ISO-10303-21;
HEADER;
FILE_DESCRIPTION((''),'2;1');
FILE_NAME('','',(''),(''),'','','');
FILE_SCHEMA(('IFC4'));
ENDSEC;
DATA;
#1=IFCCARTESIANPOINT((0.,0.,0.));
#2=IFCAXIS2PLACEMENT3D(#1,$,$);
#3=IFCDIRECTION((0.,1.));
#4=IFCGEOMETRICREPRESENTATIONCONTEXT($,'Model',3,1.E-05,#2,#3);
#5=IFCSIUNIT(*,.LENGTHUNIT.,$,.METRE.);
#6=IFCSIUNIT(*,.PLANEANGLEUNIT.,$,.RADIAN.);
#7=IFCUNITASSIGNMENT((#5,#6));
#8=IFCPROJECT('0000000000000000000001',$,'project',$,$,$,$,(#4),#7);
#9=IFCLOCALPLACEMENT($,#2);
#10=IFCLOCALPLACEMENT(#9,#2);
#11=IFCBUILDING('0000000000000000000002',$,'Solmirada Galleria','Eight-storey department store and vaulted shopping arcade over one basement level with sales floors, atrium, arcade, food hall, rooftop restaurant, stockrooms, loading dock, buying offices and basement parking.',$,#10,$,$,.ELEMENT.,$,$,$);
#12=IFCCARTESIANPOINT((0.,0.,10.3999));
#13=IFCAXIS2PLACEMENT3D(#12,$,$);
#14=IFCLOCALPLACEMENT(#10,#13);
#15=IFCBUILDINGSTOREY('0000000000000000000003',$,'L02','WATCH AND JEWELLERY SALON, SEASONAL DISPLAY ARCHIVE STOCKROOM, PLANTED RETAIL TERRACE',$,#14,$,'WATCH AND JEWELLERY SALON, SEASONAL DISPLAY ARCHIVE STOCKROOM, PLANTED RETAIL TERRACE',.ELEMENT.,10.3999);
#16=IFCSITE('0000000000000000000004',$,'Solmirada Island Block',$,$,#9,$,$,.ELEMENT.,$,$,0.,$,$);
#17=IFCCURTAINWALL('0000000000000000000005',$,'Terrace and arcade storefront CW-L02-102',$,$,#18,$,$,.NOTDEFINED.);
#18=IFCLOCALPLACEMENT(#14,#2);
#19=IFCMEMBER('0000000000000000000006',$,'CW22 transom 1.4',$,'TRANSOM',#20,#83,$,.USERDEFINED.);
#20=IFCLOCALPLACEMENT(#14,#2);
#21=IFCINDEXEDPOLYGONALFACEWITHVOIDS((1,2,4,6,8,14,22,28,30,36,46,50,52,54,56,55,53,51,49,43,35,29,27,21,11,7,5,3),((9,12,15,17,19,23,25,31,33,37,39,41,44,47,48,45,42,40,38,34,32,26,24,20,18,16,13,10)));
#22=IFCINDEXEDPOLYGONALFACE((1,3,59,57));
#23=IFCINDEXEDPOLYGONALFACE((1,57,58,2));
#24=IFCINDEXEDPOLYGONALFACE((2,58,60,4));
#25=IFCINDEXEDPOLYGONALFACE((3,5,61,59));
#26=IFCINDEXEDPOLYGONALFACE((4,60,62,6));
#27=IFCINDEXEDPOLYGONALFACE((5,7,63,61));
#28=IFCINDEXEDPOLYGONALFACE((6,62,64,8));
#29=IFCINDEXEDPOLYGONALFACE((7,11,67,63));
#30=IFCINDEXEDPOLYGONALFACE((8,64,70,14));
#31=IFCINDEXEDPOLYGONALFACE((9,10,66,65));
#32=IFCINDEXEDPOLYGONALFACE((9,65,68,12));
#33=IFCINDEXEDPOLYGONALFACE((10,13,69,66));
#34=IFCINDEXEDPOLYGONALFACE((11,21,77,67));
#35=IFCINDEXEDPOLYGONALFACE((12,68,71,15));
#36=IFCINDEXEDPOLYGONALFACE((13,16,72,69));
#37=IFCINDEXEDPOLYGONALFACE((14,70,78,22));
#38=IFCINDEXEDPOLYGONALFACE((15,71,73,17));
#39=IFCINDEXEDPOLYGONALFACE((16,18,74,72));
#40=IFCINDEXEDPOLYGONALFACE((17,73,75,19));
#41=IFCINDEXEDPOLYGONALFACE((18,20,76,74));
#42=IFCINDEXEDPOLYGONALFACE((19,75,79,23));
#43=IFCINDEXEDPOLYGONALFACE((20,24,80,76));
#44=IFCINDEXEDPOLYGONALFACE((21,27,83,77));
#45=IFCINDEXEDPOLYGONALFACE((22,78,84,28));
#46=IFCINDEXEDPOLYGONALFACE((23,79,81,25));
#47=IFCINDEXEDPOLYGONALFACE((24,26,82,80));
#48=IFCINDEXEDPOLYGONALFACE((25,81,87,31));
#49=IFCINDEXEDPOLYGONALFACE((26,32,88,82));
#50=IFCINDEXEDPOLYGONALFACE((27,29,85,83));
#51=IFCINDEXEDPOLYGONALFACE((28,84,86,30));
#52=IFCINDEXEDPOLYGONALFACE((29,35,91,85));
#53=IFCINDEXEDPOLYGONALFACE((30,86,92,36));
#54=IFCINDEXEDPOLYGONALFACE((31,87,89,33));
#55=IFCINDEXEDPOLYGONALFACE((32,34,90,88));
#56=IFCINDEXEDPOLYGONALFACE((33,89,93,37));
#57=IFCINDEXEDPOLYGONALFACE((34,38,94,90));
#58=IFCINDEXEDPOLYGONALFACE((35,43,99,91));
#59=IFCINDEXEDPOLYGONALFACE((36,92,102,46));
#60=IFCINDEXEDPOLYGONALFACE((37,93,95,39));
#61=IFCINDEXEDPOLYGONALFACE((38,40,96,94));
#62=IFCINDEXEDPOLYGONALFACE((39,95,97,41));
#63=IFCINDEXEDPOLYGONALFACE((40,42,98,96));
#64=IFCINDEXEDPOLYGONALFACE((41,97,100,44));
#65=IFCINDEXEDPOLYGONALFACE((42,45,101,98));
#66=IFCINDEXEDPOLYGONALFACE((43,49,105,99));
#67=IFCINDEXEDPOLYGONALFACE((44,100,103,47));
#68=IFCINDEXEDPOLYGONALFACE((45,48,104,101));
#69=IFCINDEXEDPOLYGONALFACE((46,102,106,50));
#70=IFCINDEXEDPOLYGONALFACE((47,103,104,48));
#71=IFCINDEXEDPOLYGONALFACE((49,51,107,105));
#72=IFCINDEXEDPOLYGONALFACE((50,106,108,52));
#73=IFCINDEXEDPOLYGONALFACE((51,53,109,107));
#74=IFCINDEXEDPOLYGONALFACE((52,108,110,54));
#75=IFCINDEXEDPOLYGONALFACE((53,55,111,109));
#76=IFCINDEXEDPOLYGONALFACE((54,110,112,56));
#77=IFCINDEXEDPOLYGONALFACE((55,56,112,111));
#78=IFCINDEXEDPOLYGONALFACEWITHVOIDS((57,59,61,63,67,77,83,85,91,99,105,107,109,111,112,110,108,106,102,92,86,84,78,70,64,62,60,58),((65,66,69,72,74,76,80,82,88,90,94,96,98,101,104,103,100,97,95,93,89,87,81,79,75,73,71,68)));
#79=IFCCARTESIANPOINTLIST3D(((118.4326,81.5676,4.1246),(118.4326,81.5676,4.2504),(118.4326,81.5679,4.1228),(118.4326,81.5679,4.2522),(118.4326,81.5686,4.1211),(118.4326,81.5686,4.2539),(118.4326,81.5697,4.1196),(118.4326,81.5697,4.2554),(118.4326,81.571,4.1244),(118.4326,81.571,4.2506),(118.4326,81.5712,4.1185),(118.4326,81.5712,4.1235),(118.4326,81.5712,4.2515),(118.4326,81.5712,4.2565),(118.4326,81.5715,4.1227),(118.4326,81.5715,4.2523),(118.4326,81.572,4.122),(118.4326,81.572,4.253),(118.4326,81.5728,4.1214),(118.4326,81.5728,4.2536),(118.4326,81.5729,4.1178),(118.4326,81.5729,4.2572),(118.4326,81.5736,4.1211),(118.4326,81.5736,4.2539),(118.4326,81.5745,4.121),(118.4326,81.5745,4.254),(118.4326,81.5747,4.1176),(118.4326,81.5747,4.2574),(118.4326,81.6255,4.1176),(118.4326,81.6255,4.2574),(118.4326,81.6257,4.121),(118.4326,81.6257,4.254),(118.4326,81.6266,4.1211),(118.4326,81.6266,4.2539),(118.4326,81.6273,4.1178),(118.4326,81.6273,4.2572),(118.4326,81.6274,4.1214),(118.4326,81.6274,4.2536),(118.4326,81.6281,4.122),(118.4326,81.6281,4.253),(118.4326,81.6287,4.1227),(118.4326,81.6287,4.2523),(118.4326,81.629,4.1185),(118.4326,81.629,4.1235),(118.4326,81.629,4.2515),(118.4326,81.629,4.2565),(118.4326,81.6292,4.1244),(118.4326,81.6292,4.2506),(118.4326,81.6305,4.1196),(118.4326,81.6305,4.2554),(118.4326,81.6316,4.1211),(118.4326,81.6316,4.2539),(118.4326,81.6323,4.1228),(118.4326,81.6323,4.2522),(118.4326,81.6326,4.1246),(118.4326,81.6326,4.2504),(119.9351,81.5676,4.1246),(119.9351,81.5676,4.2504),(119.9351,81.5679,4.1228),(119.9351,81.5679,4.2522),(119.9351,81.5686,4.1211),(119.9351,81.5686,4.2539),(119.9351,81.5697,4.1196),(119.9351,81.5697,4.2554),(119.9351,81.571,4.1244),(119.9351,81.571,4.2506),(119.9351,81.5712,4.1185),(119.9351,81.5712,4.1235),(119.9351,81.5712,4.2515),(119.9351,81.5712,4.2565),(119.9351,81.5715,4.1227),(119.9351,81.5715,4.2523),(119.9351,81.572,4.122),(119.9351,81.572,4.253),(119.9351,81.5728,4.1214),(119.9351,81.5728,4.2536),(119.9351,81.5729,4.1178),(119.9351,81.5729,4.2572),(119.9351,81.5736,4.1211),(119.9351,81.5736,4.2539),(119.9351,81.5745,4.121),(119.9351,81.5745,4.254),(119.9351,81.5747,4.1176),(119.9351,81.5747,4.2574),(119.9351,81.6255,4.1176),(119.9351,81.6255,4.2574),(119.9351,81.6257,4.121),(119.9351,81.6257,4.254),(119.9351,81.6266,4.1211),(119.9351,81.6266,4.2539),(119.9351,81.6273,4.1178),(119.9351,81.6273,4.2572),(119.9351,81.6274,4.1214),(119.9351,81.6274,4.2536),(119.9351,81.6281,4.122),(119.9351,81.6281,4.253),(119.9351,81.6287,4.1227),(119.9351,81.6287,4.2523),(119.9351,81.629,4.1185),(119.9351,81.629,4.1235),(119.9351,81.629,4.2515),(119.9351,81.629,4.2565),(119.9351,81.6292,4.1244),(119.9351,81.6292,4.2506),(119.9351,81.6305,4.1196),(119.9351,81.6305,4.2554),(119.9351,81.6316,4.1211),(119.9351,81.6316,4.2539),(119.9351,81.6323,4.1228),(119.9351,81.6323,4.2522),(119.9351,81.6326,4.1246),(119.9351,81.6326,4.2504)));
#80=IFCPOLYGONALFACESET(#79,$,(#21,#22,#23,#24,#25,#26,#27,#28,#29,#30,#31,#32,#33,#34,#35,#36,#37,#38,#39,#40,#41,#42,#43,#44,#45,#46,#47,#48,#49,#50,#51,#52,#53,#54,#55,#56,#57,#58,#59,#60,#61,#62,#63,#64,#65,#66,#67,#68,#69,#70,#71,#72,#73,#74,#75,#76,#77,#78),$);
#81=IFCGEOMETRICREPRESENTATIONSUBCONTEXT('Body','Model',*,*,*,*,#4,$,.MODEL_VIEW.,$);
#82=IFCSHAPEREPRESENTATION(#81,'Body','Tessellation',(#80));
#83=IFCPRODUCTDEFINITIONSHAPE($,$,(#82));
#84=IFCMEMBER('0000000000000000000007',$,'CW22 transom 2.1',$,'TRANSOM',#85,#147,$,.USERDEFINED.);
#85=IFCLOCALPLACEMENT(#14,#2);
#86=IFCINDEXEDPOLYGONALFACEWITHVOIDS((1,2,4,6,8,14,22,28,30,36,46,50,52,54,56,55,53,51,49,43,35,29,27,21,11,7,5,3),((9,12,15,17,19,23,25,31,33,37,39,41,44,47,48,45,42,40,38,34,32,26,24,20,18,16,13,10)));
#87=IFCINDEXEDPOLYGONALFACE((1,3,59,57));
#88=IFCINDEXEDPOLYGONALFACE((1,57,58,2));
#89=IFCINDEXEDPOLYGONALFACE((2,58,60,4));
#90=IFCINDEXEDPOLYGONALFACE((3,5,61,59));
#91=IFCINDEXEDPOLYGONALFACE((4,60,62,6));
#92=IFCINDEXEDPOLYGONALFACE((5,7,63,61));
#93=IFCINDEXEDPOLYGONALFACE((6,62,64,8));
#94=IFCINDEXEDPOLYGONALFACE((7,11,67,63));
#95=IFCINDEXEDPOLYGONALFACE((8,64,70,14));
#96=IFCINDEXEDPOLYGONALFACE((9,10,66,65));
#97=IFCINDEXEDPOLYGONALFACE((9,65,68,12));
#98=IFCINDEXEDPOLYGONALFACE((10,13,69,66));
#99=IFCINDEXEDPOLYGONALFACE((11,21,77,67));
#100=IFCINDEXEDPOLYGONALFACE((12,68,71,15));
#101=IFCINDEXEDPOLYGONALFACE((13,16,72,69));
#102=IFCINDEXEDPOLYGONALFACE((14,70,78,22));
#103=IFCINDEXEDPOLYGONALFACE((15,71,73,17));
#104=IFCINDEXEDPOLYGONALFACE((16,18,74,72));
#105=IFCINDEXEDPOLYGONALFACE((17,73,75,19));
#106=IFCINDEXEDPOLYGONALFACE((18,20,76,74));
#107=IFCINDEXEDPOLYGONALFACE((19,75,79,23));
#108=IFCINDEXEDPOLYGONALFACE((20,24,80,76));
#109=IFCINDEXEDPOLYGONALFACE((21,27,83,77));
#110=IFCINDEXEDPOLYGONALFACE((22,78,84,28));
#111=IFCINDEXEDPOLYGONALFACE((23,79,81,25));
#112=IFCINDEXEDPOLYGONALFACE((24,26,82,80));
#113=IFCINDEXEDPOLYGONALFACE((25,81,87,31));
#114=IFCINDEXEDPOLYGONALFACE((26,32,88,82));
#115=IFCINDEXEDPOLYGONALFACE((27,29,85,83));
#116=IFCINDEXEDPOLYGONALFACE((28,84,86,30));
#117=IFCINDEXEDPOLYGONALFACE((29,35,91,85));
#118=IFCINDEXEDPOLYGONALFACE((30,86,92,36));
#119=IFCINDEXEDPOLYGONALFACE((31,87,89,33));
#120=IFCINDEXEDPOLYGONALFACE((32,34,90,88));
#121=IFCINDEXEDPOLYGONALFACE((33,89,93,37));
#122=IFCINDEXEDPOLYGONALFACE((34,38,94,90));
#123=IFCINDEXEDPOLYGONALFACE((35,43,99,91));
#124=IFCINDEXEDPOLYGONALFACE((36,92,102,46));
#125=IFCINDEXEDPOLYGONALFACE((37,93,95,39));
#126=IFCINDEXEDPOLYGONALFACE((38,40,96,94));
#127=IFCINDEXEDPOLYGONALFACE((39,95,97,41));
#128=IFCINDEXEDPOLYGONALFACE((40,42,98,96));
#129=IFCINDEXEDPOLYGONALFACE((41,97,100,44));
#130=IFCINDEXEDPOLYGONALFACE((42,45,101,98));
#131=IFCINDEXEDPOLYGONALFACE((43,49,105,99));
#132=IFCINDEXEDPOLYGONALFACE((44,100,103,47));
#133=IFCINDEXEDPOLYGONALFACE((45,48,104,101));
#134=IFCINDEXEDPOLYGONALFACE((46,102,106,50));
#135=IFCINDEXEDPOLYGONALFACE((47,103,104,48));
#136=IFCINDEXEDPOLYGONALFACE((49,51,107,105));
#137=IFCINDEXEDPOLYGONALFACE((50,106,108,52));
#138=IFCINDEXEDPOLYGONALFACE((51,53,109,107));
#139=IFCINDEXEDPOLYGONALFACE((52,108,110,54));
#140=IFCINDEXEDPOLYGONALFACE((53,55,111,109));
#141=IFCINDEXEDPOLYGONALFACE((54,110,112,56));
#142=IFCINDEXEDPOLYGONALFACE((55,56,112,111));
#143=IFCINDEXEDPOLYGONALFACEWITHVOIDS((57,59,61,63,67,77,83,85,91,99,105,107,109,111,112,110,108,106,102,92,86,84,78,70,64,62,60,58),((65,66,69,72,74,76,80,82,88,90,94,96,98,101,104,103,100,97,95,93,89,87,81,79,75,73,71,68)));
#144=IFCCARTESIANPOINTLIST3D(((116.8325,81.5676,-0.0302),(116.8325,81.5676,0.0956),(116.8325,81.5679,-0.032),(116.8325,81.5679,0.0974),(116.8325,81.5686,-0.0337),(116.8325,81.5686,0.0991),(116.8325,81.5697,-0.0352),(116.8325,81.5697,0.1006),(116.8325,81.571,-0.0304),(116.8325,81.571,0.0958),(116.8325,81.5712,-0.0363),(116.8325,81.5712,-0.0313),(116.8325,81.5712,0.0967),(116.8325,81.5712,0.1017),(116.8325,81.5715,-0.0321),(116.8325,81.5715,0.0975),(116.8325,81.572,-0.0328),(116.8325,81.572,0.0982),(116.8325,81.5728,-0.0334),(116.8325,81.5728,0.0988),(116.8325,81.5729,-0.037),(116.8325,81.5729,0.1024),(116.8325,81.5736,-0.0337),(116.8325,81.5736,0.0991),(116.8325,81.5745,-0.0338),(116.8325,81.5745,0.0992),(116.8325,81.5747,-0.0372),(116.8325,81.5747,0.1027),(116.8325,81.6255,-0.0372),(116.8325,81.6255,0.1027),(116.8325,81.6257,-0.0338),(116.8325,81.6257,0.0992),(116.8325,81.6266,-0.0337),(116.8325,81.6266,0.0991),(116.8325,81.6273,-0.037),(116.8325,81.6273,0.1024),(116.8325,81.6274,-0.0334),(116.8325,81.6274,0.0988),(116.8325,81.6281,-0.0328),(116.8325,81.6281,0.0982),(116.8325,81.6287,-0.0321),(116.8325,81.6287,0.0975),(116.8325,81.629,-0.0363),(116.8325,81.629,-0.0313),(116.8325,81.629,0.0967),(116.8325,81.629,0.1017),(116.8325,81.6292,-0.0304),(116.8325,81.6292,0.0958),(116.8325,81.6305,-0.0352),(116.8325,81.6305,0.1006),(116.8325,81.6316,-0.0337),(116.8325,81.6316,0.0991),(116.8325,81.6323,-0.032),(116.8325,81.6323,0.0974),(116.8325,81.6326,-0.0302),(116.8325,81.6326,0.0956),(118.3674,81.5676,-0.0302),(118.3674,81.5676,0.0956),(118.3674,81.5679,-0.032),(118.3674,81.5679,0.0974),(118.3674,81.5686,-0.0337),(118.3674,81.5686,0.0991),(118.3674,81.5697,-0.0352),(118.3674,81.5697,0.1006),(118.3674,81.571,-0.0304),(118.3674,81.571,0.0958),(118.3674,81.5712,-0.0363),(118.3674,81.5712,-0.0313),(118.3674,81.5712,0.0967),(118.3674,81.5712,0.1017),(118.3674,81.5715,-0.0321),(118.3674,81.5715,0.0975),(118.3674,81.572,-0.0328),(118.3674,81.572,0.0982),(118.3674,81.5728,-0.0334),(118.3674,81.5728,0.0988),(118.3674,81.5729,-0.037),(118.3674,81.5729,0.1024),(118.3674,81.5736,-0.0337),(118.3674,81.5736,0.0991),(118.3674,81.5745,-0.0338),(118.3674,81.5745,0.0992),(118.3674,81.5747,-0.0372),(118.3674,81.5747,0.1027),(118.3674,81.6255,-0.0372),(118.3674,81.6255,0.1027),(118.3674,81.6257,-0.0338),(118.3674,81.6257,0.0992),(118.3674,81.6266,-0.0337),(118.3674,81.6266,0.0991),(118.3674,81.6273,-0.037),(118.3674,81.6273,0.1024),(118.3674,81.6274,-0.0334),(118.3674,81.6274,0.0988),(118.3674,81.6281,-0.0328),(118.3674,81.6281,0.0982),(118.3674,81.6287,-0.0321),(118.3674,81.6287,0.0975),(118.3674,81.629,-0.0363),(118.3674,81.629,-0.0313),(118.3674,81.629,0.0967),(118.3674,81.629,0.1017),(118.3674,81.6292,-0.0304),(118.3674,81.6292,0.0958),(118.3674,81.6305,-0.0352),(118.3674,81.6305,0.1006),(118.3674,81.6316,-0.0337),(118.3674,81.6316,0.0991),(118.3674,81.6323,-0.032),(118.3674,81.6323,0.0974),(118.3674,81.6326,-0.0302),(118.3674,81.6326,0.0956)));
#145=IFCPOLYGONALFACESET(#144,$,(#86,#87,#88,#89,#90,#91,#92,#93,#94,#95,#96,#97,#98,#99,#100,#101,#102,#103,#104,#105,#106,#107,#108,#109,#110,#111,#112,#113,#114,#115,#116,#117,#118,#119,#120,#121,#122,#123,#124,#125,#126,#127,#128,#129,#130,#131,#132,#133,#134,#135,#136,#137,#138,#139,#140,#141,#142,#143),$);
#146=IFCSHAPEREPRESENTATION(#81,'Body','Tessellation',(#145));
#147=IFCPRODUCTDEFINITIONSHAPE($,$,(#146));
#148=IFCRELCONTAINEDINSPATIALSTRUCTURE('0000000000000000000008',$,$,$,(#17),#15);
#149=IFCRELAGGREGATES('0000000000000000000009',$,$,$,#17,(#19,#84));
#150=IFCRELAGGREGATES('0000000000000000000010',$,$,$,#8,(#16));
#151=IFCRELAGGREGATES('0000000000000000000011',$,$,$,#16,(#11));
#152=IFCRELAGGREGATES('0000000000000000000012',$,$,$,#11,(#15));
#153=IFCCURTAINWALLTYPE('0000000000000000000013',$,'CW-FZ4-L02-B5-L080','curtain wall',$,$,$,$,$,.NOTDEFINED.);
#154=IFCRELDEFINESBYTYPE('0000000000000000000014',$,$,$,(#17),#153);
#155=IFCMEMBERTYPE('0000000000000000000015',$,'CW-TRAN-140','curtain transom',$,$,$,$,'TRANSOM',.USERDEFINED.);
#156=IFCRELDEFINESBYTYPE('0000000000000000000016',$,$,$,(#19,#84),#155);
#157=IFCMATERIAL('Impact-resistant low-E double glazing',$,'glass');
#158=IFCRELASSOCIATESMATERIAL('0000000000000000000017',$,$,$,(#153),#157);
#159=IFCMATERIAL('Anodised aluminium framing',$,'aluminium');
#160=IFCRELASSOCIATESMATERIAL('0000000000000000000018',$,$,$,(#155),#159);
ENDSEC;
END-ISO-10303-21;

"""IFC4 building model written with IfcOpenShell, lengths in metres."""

from ifc_helpers import new_model, si_unit, direction, frame, origin, origin_2d, place, context, subcontext, project, spatial, hollow_rectangle, extrude, material, material_profile, profile_set, type_object, element, aggregate, save


model = new_model("IFC4")

# Units and contexts
model_context = context("Model", 3, precision=1e-05, world=origin(), true_north=direction((0.0, 1.0)))
body_context = subcontext(model_context, "Body", "Model", "MODEL_VIEW")
ifc_project = project(units=[si_unit("LENGTHUNIT", "METRE"), si_unit("PLANEANGLEUNIT", "RADIAN")], contexts=[model_context])

# Site, building, storey
site_placement = place(None, origin())
site = spatial("IfcSite", under=ifc_project, at=site_placement, Name="Solmirada Island Block", CompositionType="ELEMENT", RefElevation=0.0)
building_placement = place(site_placement, origin())
building = spatial("IfcBuilding", under=site, at=building_placement, Name="Solmirada Galleria", Description="Eight-storey department store and vaulted shopping arcade over one basement level with sales floors, atrium, arcade, food hall, rooftop restaurant, stockrooms, loading dock, buying offices and basement parking.", CompositionType="ELEMENT")
storey_placement = place(building_placement, frame((0.0, 0.0, 10.3999)))
storey = spatial("IfcBuildingStorey", under=building, at=storey_placement, Name="L02", Description="WATCH AND JEWELLERY SALON, SEASONAL DISPLAY ARCHIVE STOCKROOM, PLANTED RETAIL TERRACE", LongName="WATCH AND JEWELLERY SALON, SEASONAL DISPLAY ARCHIVE STOCKROOM, PLANTED RETAIL TERRACE", CompositionType="ELEMENT", Elevation=10.3999)

# Curtain wall, members
ifc_material_1 = material(Name="Impact-resistant low-E double glazing", Category="glass")
curtain_wall_type = type_object("IfcCurtainWallType", Name="CW-FZ4-L02-B5-L080", Description="curtain wall", PredefinedType="NOTDEFINED", material=ifc_material_1)
curtain_wall_placement = place(storey_placement, origin())
curtain_wall = element("IfcCurtainWall", 1, at=curtain_wall_placement, inside=storey, type_object=curtain_wall_type, Name="Terrace and arcade storefront CW-L02-102", PredefinedType="NOTDEFINED")
ifc_material_2 = material(Name="Anodised aluminium framing", Category="aluminium")
ifc_material_profile_1 = material_profile(ifc_material_2, hollow_rectangle(XDim=0.0649, YDim=0.1399, WallThickness=0.0034, InnerFilletRadius=0.0034, OuterFilletRadius=0.0071, at=origin_2d()), Name="ALU-TRAN-140X65")
ifc_profile_set_1 = profile_set([ifc_material_profile_1], Name="Anodised aluminium framing")
member_type_1 = type_object("IfcMemberType", Name="CW-TRAN-140", Description="curtain transom", ElementType="TRANSOM", PredefinedType="USERDEFINED", material=ifc_profile_set_1)
member_1_placement = place(storey_placement, frame((119.9351, 81.6001, 4.1875), z_axis=(-1.0, 0.0, 0.0), x_axis=(0.0, -1.0, 0.0)))
member_1 = element("IfcMember", 2, at=member_1_placement, type_object=member_type_1, Name="CW22 transom 1.4", ObjectType="TRANSOM", PredefinedType="USERDEFINED", context=body_context, shape_type="SweptSolid", body=[
    extrude(hollow_rectangle(XDim=0.0649, YDim=0.1399, WallThickness=0.0034, InnerFilletRadius=0.0034, OuterFilletRadius=0.0071, at=origin_2d()), origin(), (0.0, 0.0, 1.0), 1.5024),
])
member_2_placement = place(storey_placement, frame((118.3674, 81.6001, 0.0327), z_axis=(-1.0, 0.0, 0.0), x_axis=(0.0, -1.0, 0.0)))
member_2 = element("IfcMember", 3, at=member_2_placement, type_object=member_type_1, Name="CW22 transom 2.1", ObjectType="TRANSOM", PredefinedType="USERDEFINED", context=body_context, shape_type="SweptSolid", body=[
    extrude(hollow_rectangle(XDim=0.0649, YDim=0.1399, WallThickness=0.0034, InnerFilletRadius=0.0034, OuterFilletRadius=0.0071, at=origin_2d()), origin(), (0.0, 0.0, 1.0), 1.5349),
])
aggregate(curtain_wall, [member_1, member_2])

save(model, "model.ifc")
